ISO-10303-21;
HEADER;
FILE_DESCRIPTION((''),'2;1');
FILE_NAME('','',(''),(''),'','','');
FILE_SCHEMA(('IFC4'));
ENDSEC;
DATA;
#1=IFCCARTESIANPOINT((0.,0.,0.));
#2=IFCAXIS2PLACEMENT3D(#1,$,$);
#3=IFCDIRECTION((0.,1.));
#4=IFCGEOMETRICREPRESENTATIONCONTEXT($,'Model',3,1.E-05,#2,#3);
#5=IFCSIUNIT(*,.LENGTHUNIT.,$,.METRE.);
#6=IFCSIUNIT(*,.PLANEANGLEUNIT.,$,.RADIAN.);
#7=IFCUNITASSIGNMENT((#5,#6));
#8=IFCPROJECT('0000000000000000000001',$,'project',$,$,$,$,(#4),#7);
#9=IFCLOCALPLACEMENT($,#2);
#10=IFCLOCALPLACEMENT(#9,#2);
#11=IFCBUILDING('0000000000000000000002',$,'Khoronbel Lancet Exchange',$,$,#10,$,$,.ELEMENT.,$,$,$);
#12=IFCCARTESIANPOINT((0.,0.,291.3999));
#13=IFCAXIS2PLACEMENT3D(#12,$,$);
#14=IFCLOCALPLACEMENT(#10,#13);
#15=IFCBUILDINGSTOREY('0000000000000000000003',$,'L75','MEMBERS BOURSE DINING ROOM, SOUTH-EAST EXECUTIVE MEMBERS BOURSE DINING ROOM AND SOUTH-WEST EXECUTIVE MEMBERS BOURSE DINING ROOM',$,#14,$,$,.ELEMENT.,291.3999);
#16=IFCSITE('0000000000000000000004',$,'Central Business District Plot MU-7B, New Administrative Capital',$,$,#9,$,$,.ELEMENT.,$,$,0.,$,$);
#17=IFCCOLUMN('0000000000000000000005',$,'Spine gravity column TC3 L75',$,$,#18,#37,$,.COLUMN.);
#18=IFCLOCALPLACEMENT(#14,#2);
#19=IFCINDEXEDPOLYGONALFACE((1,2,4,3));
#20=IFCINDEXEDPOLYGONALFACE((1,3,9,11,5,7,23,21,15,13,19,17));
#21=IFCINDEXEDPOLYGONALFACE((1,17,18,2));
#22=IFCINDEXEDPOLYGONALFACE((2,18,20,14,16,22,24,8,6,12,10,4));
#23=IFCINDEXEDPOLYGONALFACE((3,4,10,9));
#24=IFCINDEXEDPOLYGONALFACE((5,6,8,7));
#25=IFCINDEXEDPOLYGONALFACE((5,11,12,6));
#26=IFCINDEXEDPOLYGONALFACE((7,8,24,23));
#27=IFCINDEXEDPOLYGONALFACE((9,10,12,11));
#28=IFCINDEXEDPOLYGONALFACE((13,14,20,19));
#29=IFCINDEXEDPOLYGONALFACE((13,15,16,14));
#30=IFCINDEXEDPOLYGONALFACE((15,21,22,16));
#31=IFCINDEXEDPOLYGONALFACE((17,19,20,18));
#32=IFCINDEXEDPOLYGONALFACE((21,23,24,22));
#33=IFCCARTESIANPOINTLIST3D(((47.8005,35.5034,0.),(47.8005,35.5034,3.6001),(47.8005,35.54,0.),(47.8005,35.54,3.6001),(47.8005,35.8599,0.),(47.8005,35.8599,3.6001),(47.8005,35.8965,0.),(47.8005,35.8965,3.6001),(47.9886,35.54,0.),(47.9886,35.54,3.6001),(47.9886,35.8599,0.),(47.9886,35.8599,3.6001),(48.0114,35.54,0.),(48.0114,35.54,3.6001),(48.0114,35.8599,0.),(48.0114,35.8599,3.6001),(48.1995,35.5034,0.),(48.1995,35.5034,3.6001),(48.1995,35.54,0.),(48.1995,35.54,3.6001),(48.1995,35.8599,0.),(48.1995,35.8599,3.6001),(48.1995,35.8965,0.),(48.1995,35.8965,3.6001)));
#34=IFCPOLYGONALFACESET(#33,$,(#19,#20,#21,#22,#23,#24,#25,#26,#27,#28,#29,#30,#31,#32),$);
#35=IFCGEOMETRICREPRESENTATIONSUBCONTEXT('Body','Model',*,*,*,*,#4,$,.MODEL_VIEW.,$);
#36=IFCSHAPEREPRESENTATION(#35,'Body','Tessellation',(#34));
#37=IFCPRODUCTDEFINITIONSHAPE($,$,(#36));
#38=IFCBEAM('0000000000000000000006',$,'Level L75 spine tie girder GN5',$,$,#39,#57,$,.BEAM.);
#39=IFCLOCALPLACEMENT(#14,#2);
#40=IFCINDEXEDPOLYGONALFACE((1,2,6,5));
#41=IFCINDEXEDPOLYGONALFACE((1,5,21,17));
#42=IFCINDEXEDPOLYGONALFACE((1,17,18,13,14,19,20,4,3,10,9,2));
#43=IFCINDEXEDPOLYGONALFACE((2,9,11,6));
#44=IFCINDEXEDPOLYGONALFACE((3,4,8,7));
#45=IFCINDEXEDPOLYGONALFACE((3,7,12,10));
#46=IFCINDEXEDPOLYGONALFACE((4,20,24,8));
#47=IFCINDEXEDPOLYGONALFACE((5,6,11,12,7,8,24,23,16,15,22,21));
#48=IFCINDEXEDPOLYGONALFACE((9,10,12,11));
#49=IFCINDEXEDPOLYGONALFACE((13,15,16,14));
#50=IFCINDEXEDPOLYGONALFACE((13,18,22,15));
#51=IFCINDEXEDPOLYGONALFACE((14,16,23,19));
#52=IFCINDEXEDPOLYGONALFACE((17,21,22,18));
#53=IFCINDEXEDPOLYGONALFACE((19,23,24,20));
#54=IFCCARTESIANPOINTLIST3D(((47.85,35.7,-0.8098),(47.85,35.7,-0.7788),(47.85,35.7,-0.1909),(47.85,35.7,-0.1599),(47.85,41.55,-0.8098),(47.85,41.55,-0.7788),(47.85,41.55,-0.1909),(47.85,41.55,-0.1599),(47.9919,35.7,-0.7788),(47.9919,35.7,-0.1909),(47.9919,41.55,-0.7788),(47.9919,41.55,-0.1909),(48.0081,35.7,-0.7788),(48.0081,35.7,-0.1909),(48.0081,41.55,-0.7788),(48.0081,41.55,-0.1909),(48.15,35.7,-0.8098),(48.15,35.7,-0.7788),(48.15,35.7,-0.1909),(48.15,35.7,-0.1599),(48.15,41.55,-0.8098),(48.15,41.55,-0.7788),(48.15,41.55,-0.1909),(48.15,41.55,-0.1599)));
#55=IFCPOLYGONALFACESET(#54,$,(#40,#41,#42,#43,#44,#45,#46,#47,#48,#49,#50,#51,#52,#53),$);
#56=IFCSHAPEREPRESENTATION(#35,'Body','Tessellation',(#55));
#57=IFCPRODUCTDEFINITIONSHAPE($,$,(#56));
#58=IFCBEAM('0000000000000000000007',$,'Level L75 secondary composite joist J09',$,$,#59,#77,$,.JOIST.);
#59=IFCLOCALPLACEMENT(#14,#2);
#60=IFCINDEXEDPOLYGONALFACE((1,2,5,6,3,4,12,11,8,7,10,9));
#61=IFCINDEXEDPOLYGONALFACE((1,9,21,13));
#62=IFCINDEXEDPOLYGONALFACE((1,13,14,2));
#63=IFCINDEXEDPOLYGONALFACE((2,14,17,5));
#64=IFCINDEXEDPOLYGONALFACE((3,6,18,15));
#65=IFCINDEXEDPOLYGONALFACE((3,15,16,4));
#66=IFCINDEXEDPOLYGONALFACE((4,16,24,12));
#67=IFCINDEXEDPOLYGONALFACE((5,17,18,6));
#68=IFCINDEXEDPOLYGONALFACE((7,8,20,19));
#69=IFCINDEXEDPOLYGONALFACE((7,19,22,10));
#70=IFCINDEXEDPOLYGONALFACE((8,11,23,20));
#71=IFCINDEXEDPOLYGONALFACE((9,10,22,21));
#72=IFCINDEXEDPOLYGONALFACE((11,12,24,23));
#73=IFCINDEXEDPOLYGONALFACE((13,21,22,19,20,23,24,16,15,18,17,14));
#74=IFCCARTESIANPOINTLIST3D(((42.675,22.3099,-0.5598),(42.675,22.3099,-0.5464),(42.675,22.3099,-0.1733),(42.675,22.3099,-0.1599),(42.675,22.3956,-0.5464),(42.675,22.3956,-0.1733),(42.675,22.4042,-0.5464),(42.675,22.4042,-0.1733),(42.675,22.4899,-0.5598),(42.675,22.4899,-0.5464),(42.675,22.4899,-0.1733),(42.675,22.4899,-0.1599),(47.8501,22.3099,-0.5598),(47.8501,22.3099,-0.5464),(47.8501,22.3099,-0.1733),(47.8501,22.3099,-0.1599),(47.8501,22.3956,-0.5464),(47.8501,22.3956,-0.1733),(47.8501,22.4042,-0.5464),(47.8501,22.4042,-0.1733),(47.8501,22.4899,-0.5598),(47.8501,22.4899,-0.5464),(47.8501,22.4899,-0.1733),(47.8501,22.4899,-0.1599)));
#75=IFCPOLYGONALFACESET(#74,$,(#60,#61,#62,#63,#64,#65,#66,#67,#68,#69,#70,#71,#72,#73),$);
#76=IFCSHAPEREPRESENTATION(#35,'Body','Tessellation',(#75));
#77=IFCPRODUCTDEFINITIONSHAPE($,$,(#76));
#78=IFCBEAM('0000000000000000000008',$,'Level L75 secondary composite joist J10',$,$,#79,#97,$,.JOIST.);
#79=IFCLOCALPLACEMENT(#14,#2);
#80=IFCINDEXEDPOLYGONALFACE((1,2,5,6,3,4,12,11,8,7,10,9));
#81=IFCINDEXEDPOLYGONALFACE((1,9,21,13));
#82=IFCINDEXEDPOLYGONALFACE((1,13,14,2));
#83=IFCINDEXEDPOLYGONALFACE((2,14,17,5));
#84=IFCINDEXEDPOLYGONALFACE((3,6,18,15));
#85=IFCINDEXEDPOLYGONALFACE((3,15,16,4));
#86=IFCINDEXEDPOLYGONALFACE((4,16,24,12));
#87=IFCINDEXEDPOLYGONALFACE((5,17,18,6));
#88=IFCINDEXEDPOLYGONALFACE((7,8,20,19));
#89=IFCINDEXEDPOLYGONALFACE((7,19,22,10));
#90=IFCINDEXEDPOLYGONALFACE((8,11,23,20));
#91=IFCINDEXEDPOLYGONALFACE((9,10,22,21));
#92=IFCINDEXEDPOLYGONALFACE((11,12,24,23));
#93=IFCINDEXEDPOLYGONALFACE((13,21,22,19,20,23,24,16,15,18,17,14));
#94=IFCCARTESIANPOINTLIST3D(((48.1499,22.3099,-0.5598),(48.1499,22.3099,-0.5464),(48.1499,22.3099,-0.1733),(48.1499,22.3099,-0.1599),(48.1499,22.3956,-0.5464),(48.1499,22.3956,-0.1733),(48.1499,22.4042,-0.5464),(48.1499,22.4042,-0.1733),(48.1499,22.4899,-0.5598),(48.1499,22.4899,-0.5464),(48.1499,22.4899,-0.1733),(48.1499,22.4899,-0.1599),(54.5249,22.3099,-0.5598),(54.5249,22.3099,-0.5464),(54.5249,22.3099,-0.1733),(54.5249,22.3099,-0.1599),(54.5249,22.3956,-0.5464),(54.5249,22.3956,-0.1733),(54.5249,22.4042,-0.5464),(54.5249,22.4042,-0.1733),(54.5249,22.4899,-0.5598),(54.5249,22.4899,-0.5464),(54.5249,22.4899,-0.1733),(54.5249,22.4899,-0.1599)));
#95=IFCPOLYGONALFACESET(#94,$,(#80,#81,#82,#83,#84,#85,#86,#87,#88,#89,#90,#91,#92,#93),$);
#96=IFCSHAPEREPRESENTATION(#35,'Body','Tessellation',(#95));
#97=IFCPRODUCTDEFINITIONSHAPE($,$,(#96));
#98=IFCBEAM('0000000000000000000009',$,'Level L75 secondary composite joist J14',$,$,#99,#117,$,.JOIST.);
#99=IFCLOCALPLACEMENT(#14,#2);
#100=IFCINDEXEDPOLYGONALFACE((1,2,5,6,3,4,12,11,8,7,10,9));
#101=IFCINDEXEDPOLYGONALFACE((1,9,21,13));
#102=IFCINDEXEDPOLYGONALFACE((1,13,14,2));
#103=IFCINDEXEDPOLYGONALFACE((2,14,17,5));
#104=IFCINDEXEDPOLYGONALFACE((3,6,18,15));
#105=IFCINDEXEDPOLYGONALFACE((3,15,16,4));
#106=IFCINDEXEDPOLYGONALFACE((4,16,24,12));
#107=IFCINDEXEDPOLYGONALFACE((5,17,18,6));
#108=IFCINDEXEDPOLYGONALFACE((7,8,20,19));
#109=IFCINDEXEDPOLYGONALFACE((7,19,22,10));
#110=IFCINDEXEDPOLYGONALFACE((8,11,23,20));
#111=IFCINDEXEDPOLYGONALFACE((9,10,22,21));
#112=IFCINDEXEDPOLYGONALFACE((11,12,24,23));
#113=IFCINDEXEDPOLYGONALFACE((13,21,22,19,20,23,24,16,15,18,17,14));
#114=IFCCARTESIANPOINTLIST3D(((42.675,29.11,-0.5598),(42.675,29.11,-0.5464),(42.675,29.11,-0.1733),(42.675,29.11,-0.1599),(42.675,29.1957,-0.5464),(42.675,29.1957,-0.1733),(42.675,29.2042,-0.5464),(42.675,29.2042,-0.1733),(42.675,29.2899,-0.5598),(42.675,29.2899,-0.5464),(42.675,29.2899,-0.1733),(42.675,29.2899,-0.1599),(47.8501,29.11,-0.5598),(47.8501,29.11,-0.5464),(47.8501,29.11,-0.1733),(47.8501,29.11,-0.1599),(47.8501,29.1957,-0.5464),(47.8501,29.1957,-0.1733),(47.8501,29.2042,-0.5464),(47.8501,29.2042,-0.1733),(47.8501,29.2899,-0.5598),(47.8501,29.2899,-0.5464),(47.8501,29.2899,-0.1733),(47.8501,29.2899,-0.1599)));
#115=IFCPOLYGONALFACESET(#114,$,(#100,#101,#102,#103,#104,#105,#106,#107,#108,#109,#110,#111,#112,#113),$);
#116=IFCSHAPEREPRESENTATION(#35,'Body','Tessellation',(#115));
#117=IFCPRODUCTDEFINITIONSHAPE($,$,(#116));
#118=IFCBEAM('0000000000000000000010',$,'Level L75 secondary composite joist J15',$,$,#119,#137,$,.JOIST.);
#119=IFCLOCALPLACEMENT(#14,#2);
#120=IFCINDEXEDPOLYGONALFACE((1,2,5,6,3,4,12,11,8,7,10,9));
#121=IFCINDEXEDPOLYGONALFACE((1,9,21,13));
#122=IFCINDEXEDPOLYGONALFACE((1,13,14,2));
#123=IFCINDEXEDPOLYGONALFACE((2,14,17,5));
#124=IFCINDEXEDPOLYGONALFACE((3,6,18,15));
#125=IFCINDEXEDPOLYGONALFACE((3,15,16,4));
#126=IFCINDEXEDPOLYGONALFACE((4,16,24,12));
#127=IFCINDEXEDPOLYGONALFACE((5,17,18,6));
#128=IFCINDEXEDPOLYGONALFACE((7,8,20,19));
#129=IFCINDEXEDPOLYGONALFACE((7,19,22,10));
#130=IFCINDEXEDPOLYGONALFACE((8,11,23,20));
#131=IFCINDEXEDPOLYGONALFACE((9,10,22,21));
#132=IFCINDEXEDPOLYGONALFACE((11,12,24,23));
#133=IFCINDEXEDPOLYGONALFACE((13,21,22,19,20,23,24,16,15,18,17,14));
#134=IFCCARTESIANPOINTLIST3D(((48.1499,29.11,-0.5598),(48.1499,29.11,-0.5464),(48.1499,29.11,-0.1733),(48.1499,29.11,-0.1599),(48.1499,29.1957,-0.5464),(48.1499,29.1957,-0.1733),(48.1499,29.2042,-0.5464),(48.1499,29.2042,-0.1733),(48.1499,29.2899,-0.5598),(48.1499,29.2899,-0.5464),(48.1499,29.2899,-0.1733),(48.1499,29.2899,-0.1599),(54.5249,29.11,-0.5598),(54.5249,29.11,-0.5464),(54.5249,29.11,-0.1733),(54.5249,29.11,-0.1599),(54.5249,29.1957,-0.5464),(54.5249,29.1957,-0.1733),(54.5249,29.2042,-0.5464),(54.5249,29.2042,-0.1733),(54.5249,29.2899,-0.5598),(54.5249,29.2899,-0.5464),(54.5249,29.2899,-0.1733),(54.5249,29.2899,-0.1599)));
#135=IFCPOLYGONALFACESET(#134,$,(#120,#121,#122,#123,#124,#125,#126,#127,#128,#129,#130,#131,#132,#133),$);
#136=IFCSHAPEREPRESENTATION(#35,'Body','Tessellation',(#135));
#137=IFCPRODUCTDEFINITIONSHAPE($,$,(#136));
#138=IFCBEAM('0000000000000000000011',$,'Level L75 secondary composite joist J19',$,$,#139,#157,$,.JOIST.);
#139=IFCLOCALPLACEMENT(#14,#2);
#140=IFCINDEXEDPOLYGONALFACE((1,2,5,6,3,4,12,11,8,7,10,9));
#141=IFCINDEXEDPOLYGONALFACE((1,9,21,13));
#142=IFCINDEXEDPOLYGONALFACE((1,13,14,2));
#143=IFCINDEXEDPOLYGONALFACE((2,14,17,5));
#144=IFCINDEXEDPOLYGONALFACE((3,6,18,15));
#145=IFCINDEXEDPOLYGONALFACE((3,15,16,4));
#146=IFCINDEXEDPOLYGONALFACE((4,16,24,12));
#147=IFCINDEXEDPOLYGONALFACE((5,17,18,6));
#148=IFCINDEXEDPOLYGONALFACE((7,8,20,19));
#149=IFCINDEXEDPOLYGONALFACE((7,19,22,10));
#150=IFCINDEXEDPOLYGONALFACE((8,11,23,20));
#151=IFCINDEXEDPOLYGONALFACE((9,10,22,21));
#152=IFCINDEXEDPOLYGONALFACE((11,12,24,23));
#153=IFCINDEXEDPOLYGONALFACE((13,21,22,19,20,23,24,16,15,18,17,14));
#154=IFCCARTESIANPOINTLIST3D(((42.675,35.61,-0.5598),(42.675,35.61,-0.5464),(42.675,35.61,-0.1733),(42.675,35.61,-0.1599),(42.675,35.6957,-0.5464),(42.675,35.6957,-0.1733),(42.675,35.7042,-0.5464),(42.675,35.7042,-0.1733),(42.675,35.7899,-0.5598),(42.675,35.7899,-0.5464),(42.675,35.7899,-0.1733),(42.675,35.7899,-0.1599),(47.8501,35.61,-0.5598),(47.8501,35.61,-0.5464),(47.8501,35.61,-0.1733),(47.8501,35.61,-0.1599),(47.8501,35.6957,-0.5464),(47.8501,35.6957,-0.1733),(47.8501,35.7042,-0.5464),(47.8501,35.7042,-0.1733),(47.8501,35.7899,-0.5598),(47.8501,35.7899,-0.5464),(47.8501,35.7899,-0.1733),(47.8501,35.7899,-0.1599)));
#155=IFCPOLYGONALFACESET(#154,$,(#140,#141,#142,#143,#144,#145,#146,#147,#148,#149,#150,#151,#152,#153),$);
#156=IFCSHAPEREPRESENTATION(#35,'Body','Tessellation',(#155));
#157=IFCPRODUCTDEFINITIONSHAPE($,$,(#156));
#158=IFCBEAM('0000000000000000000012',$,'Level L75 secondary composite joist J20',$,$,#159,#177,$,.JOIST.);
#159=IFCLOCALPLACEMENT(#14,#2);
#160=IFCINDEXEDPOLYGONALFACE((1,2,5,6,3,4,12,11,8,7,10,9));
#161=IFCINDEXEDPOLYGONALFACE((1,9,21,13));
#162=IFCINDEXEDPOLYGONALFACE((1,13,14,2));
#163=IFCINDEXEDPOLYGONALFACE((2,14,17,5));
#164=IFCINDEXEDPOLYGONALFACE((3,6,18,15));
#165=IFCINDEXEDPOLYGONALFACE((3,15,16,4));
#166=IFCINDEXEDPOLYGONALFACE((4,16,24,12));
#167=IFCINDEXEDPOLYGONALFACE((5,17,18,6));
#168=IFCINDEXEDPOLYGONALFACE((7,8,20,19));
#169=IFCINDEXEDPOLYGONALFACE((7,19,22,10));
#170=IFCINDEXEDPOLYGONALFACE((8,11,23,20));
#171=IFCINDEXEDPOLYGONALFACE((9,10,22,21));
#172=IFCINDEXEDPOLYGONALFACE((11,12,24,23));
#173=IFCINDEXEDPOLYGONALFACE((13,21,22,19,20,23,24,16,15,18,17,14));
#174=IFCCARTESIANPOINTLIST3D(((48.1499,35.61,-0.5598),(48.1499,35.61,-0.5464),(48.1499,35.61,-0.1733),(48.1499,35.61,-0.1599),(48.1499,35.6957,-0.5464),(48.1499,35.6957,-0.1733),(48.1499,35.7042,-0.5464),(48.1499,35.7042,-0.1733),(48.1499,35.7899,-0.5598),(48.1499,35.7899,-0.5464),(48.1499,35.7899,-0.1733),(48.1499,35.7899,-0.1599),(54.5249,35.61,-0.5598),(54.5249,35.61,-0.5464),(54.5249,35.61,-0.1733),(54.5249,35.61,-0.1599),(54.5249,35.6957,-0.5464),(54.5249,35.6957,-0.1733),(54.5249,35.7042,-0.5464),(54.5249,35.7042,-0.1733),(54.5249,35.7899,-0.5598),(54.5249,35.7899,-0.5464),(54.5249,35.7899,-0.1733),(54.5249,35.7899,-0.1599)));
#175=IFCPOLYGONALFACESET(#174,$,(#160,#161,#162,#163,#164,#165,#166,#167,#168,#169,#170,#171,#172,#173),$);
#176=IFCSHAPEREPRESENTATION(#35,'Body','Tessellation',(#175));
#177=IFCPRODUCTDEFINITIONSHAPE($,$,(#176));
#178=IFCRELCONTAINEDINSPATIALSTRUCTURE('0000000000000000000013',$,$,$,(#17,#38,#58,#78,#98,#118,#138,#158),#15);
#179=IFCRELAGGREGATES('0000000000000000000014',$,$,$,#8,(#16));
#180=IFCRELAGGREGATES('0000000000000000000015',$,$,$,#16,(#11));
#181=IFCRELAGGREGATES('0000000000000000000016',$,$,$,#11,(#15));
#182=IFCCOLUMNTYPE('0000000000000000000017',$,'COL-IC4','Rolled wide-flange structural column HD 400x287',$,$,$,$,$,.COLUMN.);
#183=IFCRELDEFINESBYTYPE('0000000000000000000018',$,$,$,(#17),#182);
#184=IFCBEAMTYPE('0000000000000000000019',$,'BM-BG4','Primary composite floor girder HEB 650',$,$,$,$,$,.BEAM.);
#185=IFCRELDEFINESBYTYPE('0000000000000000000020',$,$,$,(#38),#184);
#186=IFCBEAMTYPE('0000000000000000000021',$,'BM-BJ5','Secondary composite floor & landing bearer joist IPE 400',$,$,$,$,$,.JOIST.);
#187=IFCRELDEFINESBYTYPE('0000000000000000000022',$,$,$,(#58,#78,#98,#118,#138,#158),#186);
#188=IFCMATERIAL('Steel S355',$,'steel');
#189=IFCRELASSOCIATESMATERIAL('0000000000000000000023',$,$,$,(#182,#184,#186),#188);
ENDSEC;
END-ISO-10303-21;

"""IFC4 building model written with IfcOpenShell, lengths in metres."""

from ifc_helpers import new_model, si_unit, direction, frame, origin, origin_2d, place, context, subcontext, project, spatial, i_section, extrude, material, material_profile, profile_set, type_object, element, save


model = new_model("IFC4")

# Units and contexts
model_context = context("Model", 3, precision=1e-05, world=origin(), true_north=direction((0.0, 1.0)))
body_context = subcontext(model_context, "Body", "Model", "MODEL_VIEW")
ifc_project = project(units=[si_unit("LENGTHUNIT", "METRE"), si_unit("PLANEANGLEUNIT", "RADIAN")], contexts=[model_context])

# Site, building, storey
site_placement = place(None, origin())
site = spatial("IfcSite", under=ifc_project, at=site_placement, Name="Central Business District Plot MU-7B, New Administrative Capital", CompositionType="ELEMENT", RefElevation=0.0)
building_placement = place(site_placement, origin())
building = spatial("IfcBuilding", under=site, at=building_placement, Name="Khoronbel Lancet Exchange", CompositionType="ELEMENT")
storey_placement = place(building_placement, frame((0.0, 0.0, 291.3999)))
storey = spatial("IfcBuildingStorey", under=building, at=storey_placement, Name="L75", Description="MEMBERS BOURSE DINING ROOM, SOUTH-EAST EXECUTIVE MEMBERS BOURSE DINING ROOM AND SOUTH-WEST EXECUTIVE MEMBERS BOURSE DINING ROOM", CompositionType="ELEMENT", Elevation=291.3999)

# Column
ifc_material_1 = material(Name="Steel S355", Category="steel")
ifc_material_profile_1 = material_profile(ifc_material_1, i_section(OverallWidth=0.3989, OverallDepth=0.3931, WebThickness=0.0227, FlangeThickness=0.0366, at=origin_2d()), Name="HD 400x287")
ifc_profile_set_1 = profile_set([ifc_material_profile_1], Name="Steel S355")
column_type = type_object("IfcColumnType", Name="COL-IC4", Description="Rolled wide-flange structural column HD 400x287", PredefinedType="COLUMN", material=ifc_profile_set_1)
column_placement = place(storey_placement, frame((48.0, 35.7, 0.0), z_axis=(0.0, 0.0, 1.0), x_axis=(1.0, 0.0, 0.0)))
element("IfcColumn", 1, at=column_placement, inside=storey, type_object=column_type, Name="Spine gravity column TC3 L75", PredefinedType="COLUMN", context=body_context, shape_type="SweptSolid", body=[
    extrude(i_section(OverallWidth=0.3989, OverallDepth=0.3931, WebThickness=0.0227, FlangeThickness=0.0366, at=origin_2d()), origin(), (0.0, 0.0, 1.0), 3.6001),
])

# Beams
ifc_material_profile_2 = material_profile(ifc_material_1, i_section(OverallWidth=0.3, OverallDepth=0.6499, WebThickness=0.0161, FlangeThickness=0.031, at=origin_2d()), Name="HEB 650")
ifc_profile_set_2 = profile_set([ifc_material_profile_2], Name="Steel S355")
beam_type_1 = type_object("IfcBeamType", Name="BM-BG4", Description="Primary composite floor girder HEB 650", PredefinedType="BEAM", material=ifc_profile_set_2)
beam_1_placement = place(storey_placement, frame((48.0, 35.7, -0.4849), z_axis=(0.0, 1.0, 0.0), x_axis=(-1.0, 0.0, 0.0)))
element("IfcBeam", 2, at=beam_1_placement, inside=storey, type_object=beam_type_1, Name="Level L75 spine tie girder GN5", PredefinedType="BEAM", context=body_context, shape_type="SweptSolid", body=[
    extrude(i_section(OverallWidth=0.3, OverallDepth=0.6499, WebThickness=0.0161, FlangeThickness=0.031, at=origin_2d()), origin(), (0.0, 0.0, 1.0), 5.8501),
])
ifc_material_profile_3 = material_profile(ifc_material_1, i_section(OverallWidth=0.1799, OverallDepth=0.3999, WebThickness=0.0085, FlangeThickness=0.0134, at=origin_2d()), Name="IPE 400")
ifc_profile_set_3 = profile_set([ifc_material_profile_3], Name="Steel S355")
beam_type_2 = type_object("IfcBeamType", Name="BM-BJ5", Description="Secondary composite floor & landing bearer joist IPE 400", PredefinedType="JOIST", material=ifc_profile_set_3)
beam_2_placement = place(storey_placement, frame((42.675, 22.3999, -0.3599), z_axis=(1.0, 0.0, 0.0), x_axis=(0.0, 1.0, 0.0)))
element("IfcBeam", 3, at=beam_2_placement, inside=storey, type_object=beam_type_2, Name="Level L75 secondary composite joist J09", PredefinedType="JOIST", context=body_context, shape_type="SweptSolid", body=[
    extrude(i_section(OverallWidth=0.1799, OverallDepth=0.3999, WebThickness=0.0085, FlangeThickness=0.0134, at=origin_2d()), origin(), (0.0, 0.0, 1.0), 5.175),
])
beam_3_placement = place(storey_placement, frame((48.1499, 22.3999, -0.3599), z_axis=(1.0, 0.0, 0.0), x_axis=(0.0, 1.0, 0.0)))
element("IfcBeam", 4, at=beam_3_placement, inside=storey, type_object=beam_type_2, Name="Level L75 secondary composite joist J10", PredefinedType="JOIST", context=body_context, shape_type="SweptSolid", body=[
    extrude(i_section(OverallWidth=0.1799, OverallDepth=0.3999, WebThickness=0.0085, FlangeThickness=0.0134, at=origin_2d()), origin(), (0.0, 0.0, 1.0), 6.375),
])
beam_4_placement = place(storey_placement, frame((42.675, 29.2, -0.3599), z_axis=(1.0, 0.0, 0.0), x_axis=(0.0, 1.0, 0.0)))
element("IfcBeam", 5, at=beam_4_placement, inside=storey, type_object=beam_type_2, Name="Level L75 secondary composite joist J14", PredefinedType="JOIST", context=body_context, shape_type="SweptSolid", body=[
    extrude(i_section(OverallWidth=0.1799, OverallDepth=0.3999, WebThickness=0.0085, FlangeThickness=0.0134, at=origin_2d()), origin(), (0.0, 0.0, 1.0), 5.175),
])
beam_5_placement = place(storey_placement, frame((48.1499, 29.2, -0.3599), z_axis=(1.0, 0.0, 0.0), x_axis=(0.0, 1.0, 0.0)))
element("IfcBeam", 6, at=beam_5_placement, inside=storey, type_object=beam_type_2, Name="Level L75 secondary composite joist J15", PredefinedType="JOIST", context=body_context, shape_type="SweptSolid", body=[
    extrude(i_section(OverallWidth=0.1799, OverallDepth=0.3999, WebThickness=0.0085, FlangeThickness=0.0134, at=origin_2d()), origin(), (0.0, 0.0, 1.0), 6.375),
])
beam_6_placement = place(storey_placement, frame((42.675, 35.7, -0.3599), z_axis=(1.0, 0.0, 0.0), x_axis=(0.0, 1.0, 0.0)))
element("IfcBeam", 7, at=beam_6_placement, inside=storey, type_object=beam_type_2, Name="Level L75 secondary composite joist J19", PredefinedType="JOIST", context=body_context, shape_type="SweptSolid", body=[
    extrude(i_section(OverallWidth=0.1799, OverallDepth=0.3999, WebThickness=0.0085, FlangeThickness=0.0134, at=origin_2d()), origin(), (0.0, 0.0, 1.0), 5.175),
])
beam_7_placement = place(storey_placement, frame((48.1499, 35.7, -0.3599), z_axis=(1.0, 0.0, 0.0), x_axis=(0.0, 1.0, 0.0)))
element("IfcBeam", 8, at=beam_7_placement, inside=storey, type_object=beam_type_2, Name="Level L75 secondary composite joist J20", PredefinedType="JOIST", context=body_context, shape_type="SweptSolid", body=[
    extrude(i_section(OverallWidth=0.1799, OverallDepth=0.3999, WebThickness=0.0085, FlangeThickness=0.0134, at=origin_2d()), origin(), (0.0, 0.0, 1.0), 6.375),
])

save(model, "model.ifc")
